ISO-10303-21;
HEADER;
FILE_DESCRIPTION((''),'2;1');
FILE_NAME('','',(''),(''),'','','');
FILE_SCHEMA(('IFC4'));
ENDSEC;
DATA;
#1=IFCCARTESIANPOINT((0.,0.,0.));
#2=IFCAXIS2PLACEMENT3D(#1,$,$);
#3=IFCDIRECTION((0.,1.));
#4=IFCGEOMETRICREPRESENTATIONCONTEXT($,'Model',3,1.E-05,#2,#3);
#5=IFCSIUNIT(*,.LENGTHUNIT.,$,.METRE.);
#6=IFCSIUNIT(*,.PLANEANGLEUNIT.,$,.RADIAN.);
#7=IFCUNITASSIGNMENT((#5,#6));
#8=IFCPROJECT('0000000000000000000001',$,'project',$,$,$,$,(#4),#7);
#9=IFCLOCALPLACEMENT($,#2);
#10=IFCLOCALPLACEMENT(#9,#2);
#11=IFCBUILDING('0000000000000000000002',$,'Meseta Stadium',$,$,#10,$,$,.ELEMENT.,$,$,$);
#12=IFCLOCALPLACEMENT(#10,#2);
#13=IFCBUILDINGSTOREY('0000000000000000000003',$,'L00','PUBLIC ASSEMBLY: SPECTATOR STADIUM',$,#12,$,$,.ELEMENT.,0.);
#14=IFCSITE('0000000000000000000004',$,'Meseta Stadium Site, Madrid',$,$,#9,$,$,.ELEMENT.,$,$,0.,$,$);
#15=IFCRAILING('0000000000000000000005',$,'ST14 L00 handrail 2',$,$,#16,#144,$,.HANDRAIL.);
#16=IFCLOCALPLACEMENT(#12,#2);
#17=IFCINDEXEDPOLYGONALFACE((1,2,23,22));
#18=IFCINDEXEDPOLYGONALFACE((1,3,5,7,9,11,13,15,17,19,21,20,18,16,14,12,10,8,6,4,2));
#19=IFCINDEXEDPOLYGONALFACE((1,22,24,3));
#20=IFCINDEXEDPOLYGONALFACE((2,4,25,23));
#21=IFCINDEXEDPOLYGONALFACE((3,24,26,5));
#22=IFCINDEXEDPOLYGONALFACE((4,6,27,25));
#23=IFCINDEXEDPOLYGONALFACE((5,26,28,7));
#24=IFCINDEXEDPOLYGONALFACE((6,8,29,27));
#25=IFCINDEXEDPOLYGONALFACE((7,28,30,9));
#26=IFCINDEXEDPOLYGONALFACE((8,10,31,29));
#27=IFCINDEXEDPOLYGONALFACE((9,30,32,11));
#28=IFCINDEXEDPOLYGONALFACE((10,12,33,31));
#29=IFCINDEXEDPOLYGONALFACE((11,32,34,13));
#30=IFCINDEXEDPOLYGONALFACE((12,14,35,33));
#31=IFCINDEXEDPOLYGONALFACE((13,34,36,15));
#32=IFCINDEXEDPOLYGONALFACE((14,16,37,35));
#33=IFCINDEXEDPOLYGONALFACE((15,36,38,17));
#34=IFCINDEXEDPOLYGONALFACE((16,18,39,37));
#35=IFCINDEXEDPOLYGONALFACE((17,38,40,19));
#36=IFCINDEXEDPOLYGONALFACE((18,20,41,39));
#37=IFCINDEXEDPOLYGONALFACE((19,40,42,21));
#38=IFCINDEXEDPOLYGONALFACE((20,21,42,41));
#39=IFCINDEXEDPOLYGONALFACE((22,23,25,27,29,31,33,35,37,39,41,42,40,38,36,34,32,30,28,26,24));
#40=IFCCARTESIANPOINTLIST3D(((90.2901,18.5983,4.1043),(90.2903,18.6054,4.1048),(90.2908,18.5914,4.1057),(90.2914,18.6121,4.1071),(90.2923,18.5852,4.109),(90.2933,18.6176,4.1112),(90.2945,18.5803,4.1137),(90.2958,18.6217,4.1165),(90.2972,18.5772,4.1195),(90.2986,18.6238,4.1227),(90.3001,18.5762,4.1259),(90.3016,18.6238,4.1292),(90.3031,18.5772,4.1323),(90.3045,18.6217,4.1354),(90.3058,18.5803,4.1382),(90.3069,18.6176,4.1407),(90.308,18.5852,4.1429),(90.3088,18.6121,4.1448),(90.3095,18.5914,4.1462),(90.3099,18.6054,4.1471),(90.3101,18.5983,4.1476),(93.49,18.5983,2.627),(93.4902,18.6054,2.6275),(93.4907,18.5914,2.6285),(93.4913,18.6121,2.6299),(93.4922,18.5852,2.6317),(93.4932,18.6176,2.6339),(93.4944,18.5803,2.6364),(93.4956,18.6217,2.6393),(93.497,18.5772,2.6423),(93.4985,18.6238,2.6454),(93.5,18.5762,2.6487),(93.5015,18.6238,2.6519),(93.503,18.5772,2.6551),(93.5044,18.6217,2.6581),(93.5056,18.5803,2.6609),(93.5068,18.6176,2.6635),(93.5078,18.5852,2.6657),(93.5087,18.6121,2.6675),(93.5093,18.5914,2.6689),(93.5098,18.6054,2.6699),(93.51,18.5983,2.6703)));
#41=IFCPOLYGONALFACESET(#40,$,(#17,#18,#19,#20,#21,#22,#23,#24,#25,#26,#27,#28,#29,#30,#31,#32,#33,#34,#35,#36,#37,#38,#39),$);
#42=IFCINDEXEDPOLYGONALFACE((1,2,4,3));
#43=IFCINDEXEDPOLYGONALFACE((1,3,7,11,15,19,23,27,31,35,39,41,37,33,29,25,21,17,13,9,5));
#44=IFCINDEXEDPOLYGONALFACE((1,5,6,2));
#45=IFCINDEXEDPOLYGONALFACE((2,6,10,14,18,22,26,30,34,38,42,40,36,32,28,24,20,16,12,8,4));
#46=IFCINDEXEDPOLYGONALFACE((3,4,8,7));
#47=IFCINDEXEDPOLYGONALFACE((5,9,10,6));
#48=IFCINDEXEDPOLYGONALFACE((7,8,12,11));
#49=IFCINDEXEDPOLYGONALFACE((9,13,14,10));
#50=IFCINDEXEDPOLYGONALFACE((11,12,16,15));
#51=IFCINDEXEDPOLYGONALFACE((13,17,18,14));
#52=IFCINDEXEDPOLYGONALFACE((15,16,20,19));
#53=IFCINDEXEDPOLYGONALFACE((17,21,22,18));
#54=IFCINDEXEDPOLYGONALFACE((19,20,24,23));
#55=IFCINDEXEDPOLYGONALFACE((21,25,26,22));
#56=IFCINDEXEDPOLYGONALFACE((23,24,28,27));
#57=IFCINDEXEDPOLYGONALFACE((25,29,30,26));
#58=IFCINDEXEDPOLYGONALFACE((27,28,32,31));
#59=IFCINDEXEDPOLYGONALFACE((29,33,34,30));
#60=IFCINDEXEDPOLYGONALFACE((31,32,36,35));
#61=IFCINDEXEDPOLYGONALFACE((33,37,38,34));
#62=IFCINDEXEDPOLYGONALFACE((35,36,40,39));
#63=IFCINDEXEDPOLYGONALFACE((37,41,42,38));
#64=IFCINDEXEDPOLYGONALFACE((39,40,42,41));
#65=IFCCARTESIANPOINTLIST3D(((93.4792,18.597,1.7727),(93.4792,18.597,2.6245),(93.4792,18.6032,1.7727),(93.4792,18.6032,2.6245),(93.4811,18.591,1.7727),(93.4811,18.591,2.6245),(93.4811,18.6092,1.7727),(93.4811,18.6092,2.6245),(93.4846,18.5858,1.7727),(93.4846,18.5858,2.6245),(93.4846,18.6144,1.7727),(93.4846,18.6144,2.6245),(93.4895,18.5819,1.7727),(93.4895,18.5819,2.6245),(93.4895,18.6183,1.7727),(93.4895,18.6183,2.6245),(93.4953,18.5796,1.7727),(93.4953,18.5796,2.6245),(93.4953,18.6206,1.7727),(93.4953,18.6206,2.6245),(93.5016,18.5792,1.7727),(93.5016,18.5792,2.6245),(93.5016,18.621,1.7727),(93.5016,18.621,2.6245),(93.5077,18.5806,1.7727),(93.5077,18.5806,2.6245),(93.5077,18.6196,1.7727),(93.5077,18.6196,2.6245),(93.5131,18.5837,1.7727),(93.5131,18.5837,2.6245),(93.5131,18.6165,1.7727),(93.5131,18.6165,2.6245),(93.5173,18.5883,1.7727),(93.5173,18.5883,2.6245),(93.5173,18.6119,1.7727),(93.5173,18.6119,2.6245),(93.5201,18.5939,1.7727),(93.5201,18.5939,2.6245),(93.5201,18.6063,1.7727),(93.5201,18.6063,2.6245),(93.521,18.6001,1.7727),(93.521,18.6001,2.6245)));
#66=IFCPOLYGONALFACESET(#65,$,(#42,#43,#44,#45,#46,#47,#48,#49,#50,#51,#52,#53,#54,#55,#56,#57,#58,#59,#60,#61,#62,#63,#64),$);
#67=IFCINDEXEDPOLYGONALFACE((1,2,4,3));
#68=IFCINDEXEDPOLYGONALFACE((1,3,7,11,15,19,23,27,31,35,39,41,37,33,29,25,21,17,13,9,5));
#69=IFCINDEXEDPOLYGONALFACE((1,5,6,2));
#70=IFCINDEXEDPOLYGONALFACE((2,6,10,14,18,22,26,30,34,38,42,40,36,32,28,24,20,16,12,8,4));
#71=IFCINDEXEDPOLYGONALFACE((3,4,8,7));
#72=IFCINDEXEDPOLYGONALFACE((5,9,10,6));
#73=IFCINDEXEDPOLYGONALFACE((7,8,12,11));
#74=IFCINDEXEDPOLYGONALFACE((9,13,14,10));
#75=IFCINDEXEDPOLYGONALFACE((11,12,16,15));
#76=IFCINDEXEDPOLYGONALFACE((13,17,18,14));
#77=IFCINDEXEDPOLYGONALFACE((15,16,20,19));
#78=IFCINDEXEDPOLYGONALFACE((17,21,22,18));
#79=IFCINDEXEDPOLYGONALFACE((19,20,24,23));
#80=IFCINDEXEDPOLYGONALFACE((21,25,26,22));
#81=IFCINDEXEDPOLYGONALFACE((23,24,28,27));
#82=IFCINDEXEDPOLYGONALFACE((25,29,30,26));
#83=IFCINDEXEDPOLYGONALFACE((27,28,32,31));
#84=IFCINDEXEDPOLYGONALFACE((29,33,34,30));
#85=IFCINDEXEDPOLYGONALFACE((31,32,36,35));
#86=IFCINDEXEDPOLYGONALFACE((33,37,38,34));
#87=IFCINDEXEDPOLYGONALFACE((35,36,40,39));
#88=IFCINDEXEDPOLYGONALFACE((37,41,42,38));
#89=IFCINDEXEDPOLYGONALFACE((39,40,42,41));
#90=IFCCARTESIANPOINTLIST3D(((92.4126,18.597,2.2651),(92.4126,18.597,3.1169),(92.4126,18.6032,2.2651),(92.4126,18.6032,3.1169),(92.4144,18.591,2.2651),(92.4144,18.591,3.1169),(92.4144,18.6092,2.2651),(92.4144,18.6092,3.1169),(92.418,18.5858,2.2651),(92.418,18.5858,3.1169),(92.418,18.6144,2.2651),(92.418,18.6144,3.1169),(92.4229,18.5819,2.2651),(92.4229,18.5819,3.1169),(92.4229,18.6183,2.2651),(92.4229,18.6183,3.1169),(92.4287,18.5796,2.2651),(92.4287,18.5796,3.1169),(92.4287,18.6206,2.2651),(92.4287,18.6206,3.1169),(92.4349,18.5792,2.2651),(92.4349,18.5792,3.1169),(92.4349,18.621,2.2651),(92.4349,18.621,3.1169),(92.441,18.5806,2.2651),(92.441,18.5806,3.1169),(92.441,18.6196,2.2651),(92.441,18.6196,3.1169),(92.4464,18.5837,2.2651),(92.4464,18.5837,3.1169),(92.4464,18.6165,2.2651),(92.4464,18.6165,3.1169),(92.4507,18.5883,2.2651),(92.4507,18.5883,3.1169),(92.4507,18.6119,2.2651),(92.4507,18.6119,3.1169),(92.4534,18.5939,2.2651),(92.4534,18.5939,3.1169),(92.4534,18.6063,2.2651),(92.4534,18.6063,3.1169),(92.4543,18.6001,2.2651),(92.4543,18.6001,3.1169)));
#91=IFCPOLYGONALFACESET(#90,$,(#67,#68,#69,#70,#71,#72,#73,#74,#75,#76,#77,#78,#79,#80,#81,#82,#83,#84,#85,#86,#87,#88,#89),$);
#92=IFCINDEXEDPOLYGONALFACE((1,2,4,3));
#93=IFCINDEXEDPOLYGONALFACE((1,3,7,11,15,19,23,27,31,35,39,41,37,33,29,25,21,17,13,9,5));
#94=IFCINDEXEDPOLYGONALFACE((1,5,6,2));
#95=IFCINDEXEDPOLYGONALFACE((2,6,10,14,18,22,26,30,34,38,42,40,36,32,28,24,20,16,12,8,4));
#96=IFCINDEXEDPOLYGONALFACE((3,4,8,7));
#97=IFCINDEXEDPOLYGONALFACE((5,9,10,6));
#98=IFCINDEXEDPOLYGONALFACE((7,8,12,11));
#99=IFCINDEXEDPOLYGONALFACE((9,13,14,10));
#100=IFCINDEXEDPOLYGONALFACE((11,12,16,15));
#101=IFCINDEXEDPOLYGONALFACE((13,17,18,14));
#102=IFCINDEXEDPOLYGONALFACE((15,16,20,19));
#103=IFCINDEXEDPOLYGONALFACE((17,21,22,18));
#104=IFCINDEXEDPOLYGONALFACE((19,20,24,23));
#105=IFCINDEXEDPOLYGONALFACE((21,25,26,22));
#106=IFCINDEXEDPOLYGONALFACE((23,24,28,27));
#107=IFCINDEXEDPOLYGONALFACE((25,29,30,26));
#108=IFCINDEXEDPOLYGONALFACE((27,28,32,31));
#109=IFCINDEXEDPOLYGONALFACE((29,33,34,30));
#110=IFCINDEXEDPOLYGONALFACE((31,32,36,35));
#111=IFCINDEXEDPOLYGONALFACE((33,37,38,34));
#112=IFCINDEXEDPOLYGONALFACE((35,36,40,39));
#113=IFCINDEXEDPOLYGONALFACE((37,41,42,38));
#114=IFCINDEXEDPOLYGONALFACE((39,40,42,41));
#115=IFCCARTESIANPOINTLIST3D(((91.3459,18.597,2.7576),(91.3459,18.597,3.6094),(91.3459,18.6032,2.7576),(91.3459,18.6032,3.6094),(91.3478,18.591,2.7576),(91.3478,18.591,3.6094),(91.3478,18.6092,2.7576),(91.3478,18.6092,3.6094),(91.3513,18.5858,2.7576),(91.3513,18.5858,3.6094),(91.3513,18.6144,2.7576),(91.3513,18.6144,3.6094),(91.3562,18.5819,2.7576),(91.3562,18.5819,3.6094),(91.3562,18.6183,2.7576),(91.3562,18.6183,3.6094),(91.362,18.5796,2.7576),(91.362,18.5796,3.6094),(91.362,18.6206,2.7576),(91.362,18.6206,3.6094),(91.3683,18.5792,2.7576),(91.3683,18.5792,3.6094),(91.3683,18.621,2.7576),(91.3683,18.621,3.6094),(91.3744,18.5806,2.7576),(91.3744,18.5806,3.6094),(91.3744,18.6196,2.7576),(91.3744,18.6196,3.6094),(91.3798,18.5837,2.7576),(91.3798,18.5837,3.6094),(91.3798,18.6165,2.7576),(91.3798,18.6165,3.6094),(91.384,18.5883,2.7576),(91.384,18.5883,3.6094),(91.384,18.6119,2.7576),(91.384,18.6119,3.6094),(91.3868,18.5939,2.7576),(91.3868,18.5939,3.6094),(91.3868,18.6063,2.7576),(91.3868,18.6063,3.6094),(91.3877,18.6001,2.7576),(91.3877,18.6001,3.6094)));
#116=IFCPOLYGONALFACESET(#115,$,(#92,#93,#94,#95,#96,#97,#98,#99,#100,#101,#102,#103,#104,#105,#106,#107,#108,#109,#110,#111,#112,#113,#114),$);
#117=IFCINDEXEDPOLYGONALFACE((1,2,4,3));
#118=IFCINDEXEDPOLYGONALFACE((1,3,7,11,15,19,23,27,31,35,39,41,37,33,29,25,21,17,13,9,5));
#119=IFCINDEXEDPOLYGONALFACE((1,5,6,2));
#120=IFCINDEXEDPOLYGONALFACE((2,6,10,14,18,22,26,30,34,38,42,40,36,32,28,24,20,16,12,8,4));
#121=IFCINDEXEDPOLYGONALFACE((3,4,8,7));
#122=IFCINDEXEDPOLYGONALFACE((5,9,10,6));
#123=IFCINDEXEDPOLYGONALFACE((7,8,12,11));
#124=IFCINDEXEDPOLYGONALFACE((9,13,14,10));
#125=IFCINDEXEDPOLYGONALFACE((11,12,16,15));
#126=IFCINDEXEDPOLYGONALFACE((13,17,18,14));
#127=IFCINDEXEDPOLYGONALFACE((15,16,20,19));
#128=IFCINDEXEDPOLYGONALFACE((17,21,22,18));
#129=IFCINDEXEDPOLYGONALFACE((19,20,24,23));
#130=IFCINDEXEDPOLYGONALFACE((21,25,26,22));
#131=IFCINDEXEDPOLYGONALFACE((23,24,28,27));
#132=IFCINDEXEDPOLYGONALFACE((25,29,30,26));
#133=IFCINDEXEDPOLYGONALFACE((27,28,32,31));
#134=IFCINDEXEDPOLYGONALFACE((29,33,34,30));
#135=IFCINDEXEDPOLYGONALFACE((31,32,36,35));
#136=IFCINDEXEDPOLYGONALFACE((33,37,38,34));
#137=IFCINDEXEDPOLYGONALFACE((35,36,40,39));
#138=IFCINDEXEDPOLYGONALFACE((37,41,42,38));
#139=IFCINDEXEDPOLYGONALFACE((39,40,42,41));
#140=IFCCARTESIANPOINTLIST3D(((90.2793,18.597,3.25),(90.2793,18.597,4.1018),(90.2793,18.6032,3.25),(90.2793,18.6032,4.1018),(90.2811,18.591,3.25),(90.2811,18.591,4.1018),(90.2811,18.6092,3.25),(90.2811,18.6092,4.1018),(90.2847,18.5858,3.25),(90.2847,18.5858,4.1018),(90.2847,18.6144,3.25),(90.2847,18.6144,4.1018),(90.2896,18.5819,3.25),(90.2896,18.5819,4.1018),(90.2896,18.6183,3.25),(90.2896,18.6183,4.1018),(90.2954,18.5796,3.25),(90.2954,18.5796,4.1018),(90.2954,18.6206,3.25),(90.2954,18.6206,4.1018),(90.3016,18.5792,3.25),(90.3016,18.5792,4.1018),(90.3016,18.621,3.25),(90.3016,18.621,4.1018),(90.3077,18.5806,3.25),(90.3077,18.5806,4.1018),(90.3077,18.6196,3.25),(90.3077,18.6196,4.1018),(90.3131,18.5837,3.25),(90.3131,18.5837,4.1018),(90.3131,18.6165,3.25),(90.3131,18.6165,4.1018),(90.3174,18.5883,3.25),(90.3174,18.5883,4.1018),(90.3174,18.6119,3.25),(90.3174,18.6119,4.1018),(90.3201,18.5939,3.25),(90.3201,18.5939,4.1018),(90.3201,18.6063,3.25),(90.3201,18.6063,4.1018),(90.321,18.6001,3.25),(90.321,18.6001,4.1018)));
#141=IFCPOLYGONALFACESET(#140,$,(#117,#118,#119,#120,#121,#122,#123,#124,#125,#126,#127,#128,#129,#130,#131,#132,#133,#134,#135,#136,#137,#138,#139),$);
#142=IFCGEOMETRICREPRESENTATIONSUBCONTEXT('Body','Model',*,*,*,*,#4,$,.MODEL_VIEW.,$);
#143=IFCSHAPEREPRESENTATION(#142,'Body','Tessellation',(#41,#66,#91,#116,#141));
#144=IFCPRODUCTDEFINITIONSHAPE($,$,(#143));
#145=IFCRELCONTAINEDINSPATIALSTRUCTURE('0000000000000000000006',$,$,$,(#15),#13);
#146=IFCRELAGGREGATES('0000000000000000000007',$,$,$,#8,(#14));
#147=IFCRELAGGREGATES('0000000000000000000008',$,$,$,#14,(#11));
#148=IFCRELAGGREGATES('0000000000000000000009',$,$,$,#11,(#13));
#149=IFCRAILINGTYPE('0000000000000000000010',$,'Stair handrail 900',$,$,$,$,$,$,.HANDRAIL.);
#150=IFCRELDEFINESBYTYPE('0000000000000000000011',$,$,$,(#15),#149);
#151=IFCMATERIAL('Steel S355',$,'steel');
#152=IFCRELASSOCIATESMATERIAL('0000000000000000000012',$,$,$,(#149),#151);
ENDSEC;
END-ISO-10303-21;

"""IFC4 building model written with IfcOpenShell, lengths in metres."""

from ifc_helpers import new_model, si_unit, direction, frame, origin, origin_2d, place, context, subcontext, project, spatial, circle, extrude, material, type_object, element, save


model = new_model("IFC4")

# Units and contexts
model_context = context("Model", 3, precision=1e-05, world=origin(), true_north=direction((0.0, 1.0)))
body_context = subcontext(model_context, "Body", "Model", "MODEL_VIEW")
ifc_project = project(units=[si_unit("LENGTHUNIT", "METRE"), si_unit("PLANEANGLEUNIT", "RADIAN")], contexts=[model_context])

# Site, building, storey
site_placement = place(None, origin())
site = spatial("IfcSite", under=ifc_project, at=site_placement, Name="Meseta Stadium Site, Madrid", CompositionType="ELEMENT", RefElevation=0.0)
building_placement = place(site_placement, origin())
building = spatial("IfcBuilding", under=site, at=building_placement, Name="Meseta Stadium", CompositionType="ELEMENT")
storey_placement = place(building_placement, origin())
storey = spatial("IfcBuildingStorey", under=building, at=storey_placement, Name="L00", Description="PUBLIC ASSEMBLY: SPECTATOR STADIUM", CompositionType="ELEMENT", Elevation=0.0)

# Railing
ifc_material_1 = material(Name="Steel S355", Category="steel")
railing_type_1 = type_object("IfcRailingType", Name="Stair handrail 900", PredefinedType="HANDRAIL", material=ifc_material_1)
for number, where, name in (
    (1, (93.5, 18.6001, 1.7727), "ST14 L00 handrail 2"),
):
    element("IfcRailing", number, at=place(storey_placement, frame(where)), inside=storey, type_object=railing_type_1, Name=name, PredefinedType="HANDRAIL", context=body_context, shape_type="SweptSolid", body=[
        extrude(circle(Radius=0.0239, at=origin_2d()), frame((0.0, 0.0, 0.876), z_axis=(-0.907917, 0.0, 0.41915), x_axis=(0.0, -1.0, 0.0)), (0.0, 0.0, 1.0), 3.5244),
        extrude(circle(Radius=0.021, at=origin_2d()), origin(), (0.0, 0.0, 1.0), 0.8518),
        extrude(circle(Radius=0.021, at=origin_2d()), frame((-1.0667, 0.0, 0.4924)), (0.0, 0.0, 1.0), 0.8518),
        extrude(circle(Radius=0.021, at=origin_2d()), frame((-2.1333, 0.0, 0.9849)), (0.0, 0.0, 1.0), 0.8518),
        extrude(circle(Radius=0.021, at=origin_2d()), frame((-3.2, 0.0, 1.4773)), (0.0, 0.0, 1.0), 0.8518),
    ])

save(model, "model.ifc")
